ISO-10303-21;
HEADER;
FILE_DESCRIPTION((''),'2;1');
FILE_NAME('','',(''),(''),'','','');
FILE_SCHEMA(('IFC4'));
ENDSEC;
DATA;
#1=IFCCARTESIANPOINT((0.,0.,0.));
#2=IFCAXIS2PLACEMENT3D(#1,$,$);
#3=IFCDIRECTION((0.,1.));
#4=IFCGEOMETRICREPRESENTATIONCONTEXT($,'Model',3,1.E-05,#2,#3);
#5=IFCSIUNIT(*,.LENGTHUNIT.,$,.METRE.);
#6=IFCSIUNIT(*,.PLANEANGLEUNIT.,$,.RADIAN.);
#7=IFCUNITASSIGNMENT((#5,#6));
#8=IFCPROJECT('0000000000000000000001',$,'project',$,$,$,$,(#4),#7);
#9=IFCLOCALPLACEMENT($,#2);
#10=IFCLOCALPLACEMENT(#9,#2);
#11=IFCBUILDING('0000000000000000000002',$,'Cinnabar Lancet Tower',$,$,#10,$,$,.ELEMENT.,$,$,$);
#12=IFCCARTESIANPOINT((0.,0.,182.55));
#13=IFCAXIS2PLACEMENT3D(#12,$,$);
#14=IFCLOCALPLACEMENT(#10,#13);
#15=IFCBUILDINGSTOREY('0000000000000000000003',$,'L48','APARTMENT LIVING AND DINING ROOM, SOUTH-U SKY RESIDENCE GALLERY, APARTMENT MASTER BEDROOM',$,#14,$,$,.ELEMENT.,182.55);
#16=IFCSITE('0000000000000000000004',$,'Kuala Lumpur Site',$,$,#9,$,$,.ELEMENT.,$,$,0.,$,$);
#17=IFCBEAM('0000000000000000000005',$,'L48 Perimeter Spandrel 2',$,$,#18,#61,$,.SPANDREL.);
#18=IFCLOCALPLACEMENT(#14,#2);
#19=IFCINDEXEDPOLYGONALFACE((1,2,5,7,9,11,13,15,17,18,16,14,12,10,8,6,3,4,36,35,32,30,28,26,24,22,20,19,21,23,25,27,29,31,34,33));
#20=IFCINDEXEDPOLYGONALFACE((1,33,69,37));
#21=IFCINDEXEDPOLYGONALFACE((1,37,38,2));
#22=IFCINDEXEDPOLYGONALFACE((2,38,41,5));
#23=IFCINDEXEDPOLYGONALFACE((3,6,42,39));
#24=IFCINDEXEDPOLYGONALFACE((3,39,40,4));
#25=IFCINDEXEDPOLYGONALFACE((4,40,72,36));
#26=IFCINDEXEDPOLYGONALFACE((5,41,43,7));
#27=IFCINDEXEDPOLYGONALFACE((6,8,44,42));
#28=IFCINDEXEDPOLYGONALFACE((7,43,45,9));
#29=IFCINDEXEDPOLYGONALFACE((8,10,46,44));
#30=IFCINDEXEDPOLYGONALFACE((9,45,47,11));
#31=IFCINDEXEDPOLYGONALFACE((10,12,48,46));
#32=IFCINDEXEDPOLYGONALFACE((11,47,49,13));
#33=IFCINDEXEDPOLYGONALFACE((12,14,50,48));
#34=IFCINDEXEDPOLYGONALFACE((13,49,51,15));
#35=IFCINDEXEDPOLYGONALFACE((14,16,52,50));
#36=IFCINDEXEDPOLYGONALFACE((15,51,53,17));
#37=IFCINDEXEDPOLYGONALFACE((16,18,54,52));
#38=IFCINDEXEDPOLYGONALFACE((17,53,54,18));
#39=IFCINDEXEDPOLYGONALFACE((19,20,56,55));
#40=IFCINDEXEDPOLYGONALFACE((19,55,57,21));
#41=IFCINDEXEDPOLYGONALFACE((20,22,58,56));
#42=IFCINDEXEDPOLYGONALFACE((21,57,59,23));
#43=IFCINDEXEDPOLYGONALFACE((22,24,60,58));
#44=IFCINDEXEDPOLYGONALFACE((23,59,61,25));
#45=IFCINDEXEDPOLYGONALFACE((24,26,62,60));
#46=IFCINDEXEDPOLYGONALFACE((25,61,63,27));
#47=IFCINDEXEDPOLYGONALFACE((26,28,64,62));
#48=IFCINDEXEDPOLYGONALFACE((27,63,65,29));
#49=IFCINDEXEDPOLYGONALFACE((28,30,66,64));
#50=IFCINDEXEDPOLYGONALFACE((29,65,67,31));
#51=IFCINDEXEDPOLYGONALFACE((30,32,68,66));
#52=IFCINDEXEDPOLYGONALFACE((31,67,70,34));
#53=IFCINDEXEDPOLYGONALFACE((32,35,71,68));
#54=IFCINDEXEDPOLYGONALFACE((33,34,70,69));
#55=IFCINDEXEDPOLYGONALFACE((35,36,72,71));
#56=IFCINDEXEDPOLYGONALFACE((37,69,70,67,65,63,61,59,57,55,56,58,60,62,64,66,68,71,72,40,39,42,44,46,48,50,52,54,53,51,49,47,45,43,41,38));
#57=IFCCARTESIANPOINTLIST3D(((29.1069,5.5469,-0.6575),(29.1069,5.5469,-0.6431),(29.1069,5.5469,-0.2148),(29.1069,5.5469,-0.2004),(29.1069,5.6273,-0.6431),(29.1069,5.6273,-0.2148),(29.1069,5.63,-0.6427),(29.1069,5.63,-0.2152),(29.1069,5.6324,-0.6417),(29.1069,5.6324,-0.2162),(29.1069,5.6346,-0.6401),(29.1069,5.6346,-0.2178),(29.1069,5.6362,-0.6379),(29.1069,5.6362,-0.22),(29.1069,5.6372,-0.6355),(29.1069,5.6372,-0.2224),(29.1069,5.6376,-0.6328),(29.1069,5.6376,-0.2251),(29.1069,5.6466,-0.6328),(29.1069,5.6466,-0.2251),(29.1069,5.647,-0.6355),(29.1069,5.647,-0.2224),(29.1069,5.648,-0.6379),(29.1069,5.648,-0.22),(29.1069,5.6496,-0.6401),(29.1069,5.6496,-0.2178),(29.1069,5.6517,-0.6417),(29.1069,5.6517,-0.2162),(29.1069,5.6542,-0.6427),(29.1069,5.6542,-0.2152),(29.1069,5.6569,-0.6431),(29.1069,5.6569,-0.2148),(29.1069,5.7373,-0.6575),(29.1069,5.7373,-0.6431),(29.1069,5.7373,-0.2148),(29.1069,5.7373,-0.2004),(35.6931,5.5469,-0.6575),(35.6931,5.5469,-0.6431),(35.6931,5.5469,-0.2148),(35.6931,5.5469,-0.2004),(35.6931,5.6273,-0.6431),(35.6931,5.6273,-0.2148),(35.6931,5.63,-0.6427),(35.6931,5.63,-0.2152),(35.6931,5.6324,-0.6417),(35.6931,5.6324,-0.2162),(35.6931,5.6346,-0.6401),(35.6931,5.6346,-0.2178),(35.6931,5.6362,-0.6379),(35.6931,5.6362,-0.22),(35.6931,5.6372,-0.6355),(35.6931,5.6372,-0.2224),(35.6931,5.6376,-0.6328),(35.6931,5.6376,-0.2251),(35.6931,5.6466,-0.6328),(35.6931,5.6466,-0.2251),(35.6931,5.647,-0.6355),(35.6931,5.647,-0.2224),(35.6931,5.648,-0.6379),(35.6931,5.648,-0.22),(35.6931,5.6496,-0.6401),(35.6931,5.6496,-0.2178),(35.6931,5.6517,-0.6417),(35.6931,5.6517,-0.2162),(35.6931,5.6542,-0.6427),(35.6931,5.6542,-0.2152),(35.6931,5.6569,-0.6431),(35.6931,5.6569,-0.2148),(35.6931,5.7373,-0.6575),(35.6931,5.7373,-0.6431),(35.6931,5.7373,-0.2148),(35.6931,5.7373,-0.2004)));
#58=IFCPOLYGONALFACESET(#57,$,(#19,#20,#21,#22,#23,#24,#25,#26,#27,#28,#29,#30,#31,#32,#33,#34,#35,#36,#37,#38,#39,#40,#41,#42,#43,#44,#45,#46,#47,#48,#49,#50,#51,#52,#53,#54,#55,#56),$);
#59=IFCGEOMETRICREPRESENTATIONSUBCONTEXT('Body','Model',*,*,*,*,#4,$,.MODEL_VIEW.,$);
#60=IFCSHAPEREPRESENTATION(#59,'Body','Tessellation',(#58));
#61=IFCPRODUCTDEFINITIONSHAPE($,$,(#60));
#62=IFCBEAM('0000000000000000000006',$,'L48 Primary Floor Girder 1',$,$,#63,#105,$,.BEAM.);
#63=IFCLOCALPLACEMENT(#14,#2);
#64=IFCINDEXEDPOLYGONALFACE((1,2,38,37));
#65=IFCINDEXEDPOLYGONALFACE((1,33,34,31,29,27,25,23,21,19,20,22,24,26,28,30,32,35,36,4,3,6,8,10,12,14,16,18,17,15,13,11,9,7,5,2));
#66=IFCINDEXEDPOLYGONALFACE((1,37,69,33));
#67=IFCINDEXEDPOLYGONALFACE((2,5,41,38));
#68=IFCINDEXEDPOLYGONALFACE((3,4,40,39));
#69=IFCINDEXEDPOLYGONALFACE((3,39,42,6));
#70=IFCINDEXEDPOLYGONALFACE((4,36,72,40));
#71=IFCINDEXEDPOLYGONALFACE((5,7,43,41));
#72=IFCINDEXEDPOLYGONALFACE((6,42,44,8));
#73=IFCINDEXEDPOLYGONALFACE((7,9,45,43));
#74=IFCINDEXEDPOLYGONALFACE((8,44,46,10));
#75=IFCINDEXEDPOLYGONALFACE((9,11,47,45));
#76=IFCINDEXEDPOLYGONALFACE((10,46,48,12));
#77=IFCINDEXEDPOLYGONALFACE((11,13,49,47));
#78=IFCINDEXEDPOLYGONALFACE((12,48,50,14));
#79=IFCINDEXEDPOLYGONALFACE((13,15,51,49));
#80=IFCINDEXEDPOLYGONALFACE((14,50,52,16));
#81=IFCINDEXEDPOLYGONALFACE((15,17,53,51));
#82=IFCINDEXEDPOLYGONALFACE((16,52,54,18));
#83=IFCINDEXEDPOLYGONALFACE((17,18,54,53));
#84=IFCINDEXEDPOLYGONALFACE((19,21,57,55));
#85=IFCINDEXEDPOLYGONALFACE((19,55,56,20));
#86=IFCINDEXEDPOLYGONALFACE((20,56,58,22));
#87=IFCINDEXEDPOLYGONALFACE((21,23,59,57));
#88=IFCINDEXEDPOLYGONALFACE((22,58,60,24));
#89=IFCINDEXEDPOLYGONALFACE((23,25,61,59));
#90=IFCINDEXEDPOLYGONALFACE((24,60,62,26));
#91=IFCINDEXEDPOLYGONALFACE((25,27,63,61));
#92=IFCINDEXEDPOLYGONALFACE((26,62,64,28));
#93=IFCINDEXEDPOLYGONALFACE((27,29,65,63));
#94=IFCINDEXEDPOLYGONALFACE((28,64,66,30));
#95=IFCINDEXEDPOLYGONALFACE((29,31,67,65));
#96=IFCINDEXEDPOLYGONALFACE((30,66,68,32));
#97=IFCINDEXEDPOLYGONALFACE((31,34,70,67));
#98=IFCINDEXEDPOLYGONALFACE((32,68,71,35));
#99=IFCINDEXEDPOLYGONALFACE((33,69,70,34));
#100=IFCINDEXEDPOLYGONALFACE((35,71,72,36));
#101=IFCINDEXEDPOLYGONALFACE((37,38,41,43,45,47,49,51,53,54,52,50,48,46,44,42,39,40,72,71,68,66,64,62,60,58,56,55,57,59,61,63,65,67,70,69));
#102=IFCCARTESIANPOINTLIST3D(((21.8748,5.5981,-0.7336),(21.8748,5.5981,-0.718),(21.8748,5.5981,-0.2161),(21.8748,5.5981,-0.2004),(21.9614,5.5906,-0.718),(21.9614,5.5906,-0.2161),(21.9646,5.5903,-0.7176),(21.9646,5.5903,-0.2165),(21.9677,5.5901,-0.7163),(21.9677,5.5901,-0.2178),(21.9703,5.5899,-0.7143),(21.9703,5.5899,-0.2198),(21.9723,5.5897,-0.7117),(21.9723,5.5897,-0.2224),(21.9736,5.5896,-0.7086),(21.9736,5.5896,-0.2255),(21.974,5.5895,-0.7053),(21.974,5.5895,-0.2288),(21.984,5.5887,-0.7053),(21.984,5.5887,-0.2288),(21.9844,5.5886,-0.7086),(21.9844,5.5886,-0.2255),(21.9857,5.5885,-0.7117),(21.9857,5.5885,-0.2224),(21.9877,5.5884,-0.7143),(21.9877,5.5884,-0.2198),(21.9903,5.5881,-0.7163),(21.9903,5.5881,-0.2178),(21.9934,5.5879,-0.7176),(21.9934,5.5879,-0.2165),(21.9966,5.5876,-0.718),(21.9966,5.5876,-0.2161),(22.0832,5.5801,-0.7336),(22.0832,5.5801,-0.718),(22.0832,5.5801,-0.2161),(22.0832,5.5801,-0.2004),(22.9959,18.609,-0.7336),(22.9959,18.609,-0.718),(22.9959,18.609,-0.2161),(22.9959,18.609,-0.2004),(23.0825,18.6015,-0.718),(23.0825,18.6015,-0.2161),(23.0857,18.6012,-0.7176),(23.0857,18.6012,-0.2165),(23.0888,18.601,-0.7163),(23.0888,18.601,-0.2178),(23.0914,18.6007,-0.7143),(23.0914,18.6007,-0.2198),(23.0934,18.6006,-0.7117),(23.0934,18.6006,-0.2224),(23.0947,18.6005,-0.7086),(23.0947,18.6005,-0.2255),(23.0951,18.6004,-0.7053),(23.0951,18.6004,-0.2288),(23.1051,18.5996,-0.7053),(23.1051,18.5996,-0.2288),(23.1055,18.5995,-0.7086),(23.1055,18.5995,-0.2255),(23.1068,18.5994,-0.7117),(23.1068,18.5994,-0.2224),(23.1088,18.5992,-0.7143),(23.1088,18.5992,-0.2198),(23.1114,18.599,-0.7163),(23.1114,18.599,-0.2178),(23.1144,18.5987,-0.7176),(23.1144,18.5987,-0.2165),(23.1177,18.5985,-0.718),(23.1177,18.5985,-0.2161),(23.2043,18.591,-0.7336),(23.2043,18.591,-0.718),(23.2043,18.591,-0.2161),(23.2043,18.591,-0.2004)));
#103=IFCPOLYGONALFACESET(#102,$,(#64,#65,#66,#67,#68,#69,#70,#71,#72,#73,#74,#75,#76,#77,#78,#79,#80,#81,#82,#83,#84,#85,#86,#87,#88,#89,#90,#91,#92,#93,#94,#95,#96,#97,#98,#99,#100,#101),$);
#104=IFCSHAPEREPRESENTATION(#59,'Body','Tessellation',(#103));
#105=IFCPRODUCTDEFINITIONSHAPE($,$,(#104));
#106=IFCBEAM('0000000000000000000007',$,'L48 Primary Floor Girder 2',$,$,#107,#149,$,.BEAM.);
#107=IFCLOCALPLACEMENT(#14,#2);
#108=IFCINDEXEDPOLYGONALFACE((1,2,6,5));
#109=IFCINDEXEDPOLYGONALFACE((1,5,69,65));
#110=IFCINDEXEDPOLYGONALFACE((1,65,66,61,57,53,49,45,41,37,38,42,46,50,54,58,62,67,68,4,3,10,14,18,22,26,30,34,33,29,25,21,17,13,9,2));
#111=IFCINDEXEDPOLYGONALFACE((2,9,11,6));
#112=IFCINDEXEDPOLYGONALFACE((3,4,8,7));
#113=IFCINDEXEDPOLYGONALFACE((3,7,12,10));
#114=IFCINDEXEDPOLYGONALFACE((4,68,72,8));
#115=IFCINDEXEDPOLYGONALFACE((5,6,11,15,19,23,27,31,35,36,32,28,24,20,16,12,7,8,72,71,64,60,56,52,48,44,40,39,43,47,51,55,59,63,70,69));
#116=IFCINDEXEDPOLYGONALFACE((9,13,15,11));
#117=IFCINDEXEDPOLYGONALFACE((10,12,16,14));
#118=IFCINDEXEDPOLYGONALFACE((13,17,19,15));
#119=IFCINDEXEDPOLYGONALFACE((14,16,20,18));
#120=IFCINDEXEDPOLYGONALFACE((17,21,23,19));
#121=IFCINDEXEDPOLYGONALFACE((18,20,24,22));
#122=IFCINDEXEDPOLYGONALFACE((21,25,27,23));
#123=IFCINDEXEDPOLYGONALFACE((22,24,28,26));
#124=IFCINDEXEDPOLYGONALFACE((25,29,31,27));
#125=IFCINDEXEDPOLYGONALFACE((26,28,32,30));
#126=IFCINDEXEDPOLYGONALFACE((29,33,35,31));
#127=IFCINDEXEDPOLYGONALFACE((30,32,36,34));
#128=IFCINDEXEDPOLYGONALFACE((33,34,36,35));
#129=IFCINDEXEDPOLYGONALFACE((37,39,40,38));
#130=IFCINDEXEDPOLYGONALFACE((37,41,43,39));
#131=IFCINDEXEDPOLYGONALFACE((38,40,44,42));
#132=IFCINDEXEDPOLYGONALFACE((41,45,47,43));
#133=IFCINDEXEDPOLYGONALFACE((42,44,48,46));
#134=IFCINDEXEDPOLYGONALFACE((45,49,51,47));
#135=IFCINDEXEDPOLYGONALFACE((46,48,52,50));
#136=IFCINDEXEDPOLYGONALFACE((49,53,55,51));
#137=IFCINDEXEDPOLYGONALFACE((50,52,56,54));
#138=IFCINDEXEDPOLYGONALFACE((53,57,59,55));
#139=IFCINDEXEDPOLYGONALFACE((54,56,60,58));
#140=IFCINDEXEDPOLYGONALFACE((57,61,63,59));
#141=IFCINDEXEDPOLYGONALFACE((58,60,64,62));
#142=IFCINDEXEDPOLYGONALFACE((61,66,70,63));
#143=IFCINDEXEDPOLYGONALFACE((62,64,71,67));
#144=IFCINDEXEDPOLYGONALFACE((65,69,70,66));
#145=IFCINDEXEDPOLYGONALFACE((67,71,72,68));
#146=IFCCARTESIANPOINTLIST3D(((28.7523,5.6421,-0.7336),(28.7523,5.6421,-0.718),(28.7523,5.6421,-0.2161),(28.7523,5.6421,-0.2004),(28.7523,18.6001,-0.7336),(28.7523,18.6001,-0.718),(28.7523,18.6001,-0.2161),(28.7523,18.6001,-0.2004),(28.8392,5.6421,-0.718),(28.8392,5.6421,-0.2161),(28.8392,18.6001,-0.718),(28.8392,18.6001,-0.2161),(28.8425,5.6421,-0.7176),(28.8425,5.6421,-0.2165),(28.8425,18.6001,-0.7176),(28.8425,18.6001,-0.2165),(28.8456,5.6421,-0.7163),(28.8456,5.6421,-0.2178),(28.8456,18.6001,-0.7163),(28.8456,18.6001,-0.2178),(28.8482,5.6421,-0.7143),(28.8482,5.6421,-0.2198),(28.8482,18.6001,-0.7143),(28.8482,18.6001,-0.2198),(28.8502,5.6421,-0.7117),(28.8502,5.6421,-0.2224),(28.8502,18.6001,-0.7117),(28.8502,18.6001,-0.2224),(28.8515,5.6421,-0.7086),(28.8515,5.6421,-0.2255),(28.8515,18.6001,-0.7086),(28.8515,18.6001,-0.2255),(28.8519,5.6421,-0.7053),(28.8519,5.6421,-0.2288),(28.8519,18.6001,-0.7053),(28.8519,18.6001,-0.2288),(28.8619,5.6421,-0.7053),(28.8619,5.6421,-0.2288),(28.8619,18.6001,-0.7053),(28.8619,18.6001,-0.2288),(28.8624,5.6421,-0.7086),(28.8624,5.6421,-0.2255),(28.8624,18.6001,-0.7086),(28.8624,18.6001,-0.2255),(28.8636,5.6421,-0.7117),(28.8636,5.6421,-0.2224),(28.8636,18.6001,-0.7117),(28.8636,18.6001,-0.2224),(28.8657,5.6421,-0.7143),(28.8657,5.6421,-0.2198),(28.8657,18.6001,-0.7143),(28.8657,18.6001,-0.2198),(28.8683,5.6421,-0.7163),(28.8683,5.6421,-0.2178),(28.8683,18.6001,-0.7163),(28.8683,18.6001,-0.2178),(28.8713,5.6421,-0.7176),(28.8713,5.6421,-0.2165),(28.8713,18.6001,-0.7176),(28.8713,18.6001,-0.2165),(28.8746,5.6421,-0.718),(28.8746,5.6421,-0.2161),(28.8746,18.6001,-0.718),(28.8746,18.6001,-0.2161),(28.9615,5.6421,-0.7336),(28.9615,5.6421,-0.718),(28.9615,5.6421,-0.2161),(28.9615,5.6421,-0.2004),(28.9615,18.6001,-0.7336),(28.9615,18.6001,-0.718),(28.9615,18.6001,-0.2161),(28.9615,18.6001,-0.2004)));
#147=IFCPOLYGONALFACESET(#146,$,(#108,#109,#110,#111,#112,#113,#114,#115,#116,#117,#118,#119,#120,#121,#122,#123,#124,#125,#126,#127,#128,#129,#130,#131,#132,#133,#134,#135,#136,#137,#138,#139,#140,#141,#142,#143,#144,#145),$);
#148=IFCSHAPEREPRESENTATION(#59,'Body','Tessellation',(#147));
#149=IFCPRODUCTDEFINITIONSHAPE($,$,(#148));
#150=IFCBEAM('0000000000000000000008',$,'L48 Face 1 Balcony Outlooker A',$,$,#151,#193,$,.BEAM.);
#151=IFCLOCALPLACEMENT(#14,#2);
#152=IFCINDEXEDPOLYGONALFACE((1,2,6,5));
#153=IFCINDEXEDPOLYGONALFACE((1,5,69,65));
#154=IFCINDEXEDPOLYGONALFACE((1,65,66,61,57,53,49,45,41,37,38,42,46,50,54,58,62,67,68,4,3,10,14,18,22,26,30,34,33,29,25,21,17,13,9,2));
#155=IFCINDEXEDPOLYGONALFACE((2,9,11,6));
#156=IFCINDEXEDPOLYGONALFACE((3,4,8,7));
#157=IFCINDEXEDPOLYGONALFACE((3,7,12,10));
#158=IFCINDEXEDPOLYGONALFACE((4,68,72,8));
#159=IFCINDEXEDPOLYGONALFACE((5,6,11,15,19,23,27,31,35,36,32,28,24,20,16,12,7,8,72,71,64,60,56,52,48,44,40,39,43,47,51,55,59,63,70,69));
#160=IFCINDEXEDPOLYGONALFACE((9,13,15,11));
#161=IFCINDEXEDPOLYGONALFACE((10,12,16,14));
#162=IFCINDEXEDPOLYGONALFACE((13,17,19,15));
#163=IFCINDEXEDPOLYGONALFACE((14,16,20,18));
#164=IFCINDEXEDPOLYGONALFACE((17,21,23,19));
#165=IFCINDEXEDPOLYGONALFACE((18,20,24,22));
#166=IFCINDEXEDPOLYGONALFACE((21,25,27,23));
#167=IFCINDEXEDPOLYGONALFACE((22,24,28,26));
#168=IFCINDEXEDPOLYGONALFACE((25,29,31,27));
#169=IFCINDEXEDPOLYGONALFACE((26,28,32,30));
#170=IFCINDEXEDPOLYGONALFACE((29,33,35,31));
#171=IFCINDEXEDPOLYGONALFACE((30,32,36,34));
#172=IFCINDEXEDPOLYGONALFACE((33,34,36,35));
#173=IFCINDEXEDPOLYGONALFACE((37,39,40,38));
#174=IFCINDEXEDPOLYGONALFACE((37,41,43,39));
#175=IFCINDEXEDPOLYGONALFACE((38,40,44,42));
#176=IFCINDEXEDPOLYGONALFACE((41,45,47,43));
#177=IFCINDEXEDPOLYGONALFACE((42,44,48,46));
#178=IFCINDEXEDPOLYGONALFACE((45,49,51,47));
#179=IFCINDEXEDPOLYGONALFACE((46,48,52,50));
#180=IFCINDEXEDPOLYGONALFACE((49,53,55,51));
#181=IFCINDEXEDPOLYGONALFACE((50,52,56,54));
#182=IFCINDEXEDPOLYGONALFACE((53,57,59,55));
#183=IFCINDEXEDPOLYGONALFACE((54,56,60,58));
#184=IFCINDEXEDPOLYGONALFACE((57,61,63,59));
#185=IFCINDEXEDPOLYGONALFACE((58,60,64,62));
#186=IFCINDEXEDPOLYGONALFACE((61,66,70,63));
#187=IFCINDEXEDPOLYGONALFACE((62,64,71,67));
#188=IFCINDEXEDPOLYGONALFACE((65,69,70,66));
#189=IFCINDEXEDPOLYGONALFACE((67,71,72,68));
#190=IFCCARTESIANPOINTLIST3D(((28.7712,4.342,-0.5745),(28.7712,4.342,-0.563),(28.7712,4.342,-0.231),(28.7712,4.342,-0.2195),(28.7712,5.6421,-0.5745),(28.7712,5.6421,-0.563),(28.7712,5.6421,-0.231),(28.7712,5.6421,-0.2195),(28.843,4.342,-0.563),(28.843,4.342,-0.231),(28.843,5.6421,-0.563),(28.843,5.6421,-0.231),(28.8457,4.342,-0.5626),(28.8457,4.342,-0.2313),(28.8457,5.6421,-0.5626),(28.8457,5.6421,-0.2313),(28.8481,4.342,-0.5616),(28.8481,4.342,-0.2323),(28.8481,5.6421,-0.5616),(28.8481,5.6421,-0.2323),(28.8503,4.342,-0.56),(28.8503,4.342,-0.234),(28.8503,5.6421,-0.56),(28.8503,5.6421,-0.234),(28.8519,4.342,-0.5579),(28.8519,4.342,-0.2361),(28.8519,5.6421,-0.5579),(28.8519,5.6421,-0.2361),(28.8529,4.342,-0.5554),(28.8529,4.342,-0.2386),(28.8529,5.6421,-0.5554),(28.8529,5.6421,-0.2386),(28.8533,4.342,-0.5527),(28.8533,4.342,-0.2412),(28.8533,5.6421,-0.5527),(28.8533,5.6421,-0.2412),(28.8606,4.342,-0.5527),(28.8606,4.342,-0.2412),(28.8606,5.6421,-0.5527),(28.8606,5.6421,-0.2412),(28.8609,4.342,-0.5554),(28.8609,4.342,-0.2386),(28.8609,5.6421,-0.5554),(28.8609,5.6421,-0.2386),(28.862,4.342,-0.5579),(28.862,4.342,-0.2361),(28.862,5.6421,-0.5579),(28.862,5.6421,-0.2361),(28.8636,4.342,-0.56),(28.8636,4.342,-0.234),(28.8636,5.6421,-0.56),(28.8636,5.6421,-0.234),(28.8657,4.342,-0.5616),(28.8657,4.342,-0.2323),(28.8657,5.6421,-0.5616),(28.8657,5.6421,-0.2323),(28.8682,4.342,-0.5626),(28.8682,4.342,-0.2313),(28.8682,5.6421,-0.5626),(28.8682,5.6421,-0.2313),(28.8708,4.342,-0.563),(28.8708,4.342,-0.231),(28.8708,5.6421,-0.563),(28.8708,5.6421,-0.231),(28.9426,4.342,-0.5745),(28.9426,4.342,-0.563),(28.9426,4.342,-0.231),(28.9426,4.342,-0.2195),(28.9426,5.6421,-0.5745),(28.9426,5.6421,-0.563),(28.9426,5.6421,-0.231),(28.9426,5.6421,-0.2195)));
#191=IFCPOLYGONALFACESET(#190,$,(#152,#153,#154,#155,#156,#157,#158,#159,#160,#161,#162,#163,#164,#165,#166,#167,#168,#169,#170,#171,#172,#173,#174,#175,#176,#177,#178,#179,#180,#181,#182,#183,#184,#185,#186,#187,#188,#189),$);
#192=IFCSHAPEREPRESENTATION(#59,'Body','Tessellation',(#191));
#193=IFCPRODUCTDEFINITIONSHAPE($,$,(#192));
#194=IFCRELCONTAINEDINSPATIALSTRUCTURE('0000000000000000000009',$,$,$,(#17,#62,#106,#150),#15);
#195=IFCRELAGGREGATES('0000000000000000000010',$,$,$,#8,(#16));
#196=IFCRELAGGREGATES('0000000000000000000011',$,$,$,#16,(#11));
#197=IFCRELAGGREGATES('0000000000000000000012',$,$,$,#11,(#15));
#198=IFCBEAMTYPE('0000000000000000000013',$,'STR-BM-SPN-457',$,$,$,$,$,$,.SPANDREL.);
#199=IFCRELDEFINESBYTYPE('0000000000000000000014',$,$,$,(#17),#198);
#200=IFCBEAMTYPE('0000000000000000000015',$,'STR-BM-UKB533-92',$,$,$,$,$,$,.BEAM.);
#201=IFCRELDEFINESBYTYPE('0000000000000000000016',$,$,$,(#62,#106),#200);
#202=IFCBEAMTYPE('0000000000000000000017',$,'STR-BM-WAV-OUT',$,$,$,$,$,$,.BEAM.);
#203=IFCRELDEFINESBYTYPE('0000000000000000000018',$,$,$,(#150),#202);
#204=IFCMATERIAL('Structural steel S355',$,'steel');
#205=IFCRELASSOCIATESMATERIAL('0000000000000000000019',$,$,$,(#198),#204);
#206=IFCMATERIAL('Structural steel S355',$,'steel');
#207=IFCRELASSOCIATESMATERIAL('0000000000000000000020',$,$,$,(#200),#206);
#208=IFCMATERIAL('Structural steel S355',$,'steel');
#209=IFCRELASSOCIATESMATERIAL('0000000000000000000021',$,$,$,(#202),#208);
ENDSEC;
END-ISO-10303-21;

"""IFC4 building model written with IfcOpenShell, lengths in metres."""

from ifc_helpers import new_model, si_unit, direction, frame, origin, origin_2d, place, context, subcontext, project, spatial, i_section, extrude, material, material_profile, profile_set, type_object, element, save


model = new_model("IFC4")

# Units and contexts
model_context = context("Model", 3, precision=1e-05, world=origin(), true_north=direction((0.0, 1.0)))
body_context = subcontext(model_context, "Body", "Model", "MODEL_VIEW")
ifc_project = project(units=[si_unit("LENGTHUNIT", "METRE"), si_unit("PLANEANGLEUNIT", "RADIAN")], contexts=[model_context])

# Site, building, storey
site_placement = place(None, origin())
site = spatial("IfcSite", under=ifc_project, at=site_placement, Name="Kuala Lumpur Site", CompositionType="ELEMENT", RefElevation=0.0)
building_placement = place(site_placement, origin())
building = spatial("IfcBuilding", under=site, at=building_placement, Name="Cinnabar Lancet Tower", CompositionType="ELEMENT")
storey_placement = place(building_placement, frame((0.0, 0.0, 182.55)))
storey = spatial("IfcBuildingStorey", under=building, at=storey_placement, Name="L48", Description="APARTMENT LIVING AND DINING ROOM, SOUTH-U SKY RESIDENCE GALLERY, APARTMENT MASTER BEDROOM", CompositionType="ELEMENT", Elevation=182.55)

# Beams
ifc_material_1 = material(Name="Structural steel S355", Category="steel")
ifc_material_profile_1 = material_profile(ifc_material_1, i_section(OverallWidth=0.1904, OverallDepth=0.457, WebThickness=0.009, FlangeThickness=0.0144, FilletRadius=0.0103, at=origin_2d()), Name="UKB 457x191x74")
ifc_profile_set_1 = profile_set([ifc_material_profile_1], Name="Structural steel S355")
beam_type_1 = type_object("IfcBeamType", Name="STR-BM-SPN-457", PredefinedType="SPANDREL", material=ifc_profile_set_1)
beam_1_placement = place(storey_placement, frame((29.1069, 5.6421, -0.429), z_axis=(1.0, 0.0, 0.0), x_axis=(0.0, 1.0, 0.0)))
element("IfcBeam", 1, at=beam_1_placement, inside=storey, type_object=beam_type_1, Name="L48 Perimeter Spandrel 2", PredefinedType="SPANDREL", context=body_context, shape_type="SweptSolid", body=[
    extrude(i_section(OverallWidth=0.1904, OverallDepth=0.457, WebThickness=0.009, FlangeThickness=0.0144, FilletRadius=0.0103, at=origin_2d()), origin(), (0.0, 0.0, 1.0), 6.5862),
])
ifc_material_2 = material(Name="Structural steel S355", Category="steel")
ifc_material_profile_2 = material_profile(ifc_material_2, i_section(OverallWidth=0.2092, OverallDepth=0.5332, WebThickness=0.01, FlangeThickness=0.0156, FilletRadius=0.0127, at=origin_2d()), Name="UKB 533x210x92")
ifc_profile_set_2 = profile_set([ifc_material_profile_2], Name="Structural steel S355")
beam_type_2 = type_object("IfcBeamType", Name="STR-BM-UKB533-92", PredefinedType="BEAM", material=ifc_profile_set_2)
beam_2_placement = place(storey_placement, frame((21.979, 5.5891, -0.467), z_axis=(0.085847, 0.996308, 0.0), x_axis=(-0.996308, 0.085847, 0.0)))
element("IfcBeam", 2, at=beam_2_placement, inside=storey, type_object=beam_type_2, Name="L48 Primary Floor Girder 1", PredefinedType="BEAM", context=body_context, shape_type="SweptSolid", body=[
    extrude(i_section(OverallWidth=0.2092, OverallDepth=0.5332, WebThickness=0.01, FlangeThickness=0.0156, FilletRadius=0.0127, at=origin_2d()), origin(), (0.0, 0.0, 1.0), 13.0591),
])
beam_3_placement = place(storey_placement, frame((28.8569, 5.6421, -0.467), z_axis=(0.0, 1.0, 0.0), x_axis=(-1.0, 0.0, 0.0)))
element("IfcBeam", 3, at=beam_3_placement, inside=storey, type_object=beam_type_2, Name="L48 Primary Floor Girder 2", PredefinedType="BEAM", context=body_context, shape_type="SweptSolid", body=[
    extrude(i_section(OverallWidth=0.2092, OverallDepth=0.5332, WebThickness=0.01, FlangeThickness=0.0156, FilletRadius=0.0127, at=origin_2d()), origin(), (0.0, 0.0, 1.0), 12.958),
])
ifc_material_3 = material(Name="Structural steel S355", Category="steel")
ifc_material_profile_3 = material_profile(ifc_material_3, i_section(OverallWidth=0.1714, OverallDepth=0.355, WebThickness=0.0073, FlangeThickness=0.0115, FilletRadius=0.0103, at=origin_2d()), Name="UKB 356x171x51")
ifc_profile_set_3 = profile_set([ifc_material_profile_3], Name="Structural steel S355")
beam_type_3 = type_object("IfcBeamType", Name="STR-BM-WAV-OUT", PredefinedType="BEAM", material=ifc_profile_set_3)
beam_4_placement = place(storey_placement, frame((28.8569, 5.6421, -0.397), z_axis=(0.0, -1.0, 0.0), x_axis=(1.0, 0.0, 0.0)))
element("IfcBeam", 4, at=beam_4_placement, inside=storey, type_object=beam_type_3, Name="L48 Face 1 Balcony Outlooker A", PredefinedType="BEAM", context=body_context, shape_type="SweptSolid", body=[
    extrude(i_section(OverallWidth=0.1714, OverallDepth=0.355, WebThickness=0.0073, FlangeThickness=0.0115, FilletRadius=0.0103, at=origin_2d()), origin(), (0.0, 0.0, 1.0), 1.3),
])

save(model, "model.ifc")
